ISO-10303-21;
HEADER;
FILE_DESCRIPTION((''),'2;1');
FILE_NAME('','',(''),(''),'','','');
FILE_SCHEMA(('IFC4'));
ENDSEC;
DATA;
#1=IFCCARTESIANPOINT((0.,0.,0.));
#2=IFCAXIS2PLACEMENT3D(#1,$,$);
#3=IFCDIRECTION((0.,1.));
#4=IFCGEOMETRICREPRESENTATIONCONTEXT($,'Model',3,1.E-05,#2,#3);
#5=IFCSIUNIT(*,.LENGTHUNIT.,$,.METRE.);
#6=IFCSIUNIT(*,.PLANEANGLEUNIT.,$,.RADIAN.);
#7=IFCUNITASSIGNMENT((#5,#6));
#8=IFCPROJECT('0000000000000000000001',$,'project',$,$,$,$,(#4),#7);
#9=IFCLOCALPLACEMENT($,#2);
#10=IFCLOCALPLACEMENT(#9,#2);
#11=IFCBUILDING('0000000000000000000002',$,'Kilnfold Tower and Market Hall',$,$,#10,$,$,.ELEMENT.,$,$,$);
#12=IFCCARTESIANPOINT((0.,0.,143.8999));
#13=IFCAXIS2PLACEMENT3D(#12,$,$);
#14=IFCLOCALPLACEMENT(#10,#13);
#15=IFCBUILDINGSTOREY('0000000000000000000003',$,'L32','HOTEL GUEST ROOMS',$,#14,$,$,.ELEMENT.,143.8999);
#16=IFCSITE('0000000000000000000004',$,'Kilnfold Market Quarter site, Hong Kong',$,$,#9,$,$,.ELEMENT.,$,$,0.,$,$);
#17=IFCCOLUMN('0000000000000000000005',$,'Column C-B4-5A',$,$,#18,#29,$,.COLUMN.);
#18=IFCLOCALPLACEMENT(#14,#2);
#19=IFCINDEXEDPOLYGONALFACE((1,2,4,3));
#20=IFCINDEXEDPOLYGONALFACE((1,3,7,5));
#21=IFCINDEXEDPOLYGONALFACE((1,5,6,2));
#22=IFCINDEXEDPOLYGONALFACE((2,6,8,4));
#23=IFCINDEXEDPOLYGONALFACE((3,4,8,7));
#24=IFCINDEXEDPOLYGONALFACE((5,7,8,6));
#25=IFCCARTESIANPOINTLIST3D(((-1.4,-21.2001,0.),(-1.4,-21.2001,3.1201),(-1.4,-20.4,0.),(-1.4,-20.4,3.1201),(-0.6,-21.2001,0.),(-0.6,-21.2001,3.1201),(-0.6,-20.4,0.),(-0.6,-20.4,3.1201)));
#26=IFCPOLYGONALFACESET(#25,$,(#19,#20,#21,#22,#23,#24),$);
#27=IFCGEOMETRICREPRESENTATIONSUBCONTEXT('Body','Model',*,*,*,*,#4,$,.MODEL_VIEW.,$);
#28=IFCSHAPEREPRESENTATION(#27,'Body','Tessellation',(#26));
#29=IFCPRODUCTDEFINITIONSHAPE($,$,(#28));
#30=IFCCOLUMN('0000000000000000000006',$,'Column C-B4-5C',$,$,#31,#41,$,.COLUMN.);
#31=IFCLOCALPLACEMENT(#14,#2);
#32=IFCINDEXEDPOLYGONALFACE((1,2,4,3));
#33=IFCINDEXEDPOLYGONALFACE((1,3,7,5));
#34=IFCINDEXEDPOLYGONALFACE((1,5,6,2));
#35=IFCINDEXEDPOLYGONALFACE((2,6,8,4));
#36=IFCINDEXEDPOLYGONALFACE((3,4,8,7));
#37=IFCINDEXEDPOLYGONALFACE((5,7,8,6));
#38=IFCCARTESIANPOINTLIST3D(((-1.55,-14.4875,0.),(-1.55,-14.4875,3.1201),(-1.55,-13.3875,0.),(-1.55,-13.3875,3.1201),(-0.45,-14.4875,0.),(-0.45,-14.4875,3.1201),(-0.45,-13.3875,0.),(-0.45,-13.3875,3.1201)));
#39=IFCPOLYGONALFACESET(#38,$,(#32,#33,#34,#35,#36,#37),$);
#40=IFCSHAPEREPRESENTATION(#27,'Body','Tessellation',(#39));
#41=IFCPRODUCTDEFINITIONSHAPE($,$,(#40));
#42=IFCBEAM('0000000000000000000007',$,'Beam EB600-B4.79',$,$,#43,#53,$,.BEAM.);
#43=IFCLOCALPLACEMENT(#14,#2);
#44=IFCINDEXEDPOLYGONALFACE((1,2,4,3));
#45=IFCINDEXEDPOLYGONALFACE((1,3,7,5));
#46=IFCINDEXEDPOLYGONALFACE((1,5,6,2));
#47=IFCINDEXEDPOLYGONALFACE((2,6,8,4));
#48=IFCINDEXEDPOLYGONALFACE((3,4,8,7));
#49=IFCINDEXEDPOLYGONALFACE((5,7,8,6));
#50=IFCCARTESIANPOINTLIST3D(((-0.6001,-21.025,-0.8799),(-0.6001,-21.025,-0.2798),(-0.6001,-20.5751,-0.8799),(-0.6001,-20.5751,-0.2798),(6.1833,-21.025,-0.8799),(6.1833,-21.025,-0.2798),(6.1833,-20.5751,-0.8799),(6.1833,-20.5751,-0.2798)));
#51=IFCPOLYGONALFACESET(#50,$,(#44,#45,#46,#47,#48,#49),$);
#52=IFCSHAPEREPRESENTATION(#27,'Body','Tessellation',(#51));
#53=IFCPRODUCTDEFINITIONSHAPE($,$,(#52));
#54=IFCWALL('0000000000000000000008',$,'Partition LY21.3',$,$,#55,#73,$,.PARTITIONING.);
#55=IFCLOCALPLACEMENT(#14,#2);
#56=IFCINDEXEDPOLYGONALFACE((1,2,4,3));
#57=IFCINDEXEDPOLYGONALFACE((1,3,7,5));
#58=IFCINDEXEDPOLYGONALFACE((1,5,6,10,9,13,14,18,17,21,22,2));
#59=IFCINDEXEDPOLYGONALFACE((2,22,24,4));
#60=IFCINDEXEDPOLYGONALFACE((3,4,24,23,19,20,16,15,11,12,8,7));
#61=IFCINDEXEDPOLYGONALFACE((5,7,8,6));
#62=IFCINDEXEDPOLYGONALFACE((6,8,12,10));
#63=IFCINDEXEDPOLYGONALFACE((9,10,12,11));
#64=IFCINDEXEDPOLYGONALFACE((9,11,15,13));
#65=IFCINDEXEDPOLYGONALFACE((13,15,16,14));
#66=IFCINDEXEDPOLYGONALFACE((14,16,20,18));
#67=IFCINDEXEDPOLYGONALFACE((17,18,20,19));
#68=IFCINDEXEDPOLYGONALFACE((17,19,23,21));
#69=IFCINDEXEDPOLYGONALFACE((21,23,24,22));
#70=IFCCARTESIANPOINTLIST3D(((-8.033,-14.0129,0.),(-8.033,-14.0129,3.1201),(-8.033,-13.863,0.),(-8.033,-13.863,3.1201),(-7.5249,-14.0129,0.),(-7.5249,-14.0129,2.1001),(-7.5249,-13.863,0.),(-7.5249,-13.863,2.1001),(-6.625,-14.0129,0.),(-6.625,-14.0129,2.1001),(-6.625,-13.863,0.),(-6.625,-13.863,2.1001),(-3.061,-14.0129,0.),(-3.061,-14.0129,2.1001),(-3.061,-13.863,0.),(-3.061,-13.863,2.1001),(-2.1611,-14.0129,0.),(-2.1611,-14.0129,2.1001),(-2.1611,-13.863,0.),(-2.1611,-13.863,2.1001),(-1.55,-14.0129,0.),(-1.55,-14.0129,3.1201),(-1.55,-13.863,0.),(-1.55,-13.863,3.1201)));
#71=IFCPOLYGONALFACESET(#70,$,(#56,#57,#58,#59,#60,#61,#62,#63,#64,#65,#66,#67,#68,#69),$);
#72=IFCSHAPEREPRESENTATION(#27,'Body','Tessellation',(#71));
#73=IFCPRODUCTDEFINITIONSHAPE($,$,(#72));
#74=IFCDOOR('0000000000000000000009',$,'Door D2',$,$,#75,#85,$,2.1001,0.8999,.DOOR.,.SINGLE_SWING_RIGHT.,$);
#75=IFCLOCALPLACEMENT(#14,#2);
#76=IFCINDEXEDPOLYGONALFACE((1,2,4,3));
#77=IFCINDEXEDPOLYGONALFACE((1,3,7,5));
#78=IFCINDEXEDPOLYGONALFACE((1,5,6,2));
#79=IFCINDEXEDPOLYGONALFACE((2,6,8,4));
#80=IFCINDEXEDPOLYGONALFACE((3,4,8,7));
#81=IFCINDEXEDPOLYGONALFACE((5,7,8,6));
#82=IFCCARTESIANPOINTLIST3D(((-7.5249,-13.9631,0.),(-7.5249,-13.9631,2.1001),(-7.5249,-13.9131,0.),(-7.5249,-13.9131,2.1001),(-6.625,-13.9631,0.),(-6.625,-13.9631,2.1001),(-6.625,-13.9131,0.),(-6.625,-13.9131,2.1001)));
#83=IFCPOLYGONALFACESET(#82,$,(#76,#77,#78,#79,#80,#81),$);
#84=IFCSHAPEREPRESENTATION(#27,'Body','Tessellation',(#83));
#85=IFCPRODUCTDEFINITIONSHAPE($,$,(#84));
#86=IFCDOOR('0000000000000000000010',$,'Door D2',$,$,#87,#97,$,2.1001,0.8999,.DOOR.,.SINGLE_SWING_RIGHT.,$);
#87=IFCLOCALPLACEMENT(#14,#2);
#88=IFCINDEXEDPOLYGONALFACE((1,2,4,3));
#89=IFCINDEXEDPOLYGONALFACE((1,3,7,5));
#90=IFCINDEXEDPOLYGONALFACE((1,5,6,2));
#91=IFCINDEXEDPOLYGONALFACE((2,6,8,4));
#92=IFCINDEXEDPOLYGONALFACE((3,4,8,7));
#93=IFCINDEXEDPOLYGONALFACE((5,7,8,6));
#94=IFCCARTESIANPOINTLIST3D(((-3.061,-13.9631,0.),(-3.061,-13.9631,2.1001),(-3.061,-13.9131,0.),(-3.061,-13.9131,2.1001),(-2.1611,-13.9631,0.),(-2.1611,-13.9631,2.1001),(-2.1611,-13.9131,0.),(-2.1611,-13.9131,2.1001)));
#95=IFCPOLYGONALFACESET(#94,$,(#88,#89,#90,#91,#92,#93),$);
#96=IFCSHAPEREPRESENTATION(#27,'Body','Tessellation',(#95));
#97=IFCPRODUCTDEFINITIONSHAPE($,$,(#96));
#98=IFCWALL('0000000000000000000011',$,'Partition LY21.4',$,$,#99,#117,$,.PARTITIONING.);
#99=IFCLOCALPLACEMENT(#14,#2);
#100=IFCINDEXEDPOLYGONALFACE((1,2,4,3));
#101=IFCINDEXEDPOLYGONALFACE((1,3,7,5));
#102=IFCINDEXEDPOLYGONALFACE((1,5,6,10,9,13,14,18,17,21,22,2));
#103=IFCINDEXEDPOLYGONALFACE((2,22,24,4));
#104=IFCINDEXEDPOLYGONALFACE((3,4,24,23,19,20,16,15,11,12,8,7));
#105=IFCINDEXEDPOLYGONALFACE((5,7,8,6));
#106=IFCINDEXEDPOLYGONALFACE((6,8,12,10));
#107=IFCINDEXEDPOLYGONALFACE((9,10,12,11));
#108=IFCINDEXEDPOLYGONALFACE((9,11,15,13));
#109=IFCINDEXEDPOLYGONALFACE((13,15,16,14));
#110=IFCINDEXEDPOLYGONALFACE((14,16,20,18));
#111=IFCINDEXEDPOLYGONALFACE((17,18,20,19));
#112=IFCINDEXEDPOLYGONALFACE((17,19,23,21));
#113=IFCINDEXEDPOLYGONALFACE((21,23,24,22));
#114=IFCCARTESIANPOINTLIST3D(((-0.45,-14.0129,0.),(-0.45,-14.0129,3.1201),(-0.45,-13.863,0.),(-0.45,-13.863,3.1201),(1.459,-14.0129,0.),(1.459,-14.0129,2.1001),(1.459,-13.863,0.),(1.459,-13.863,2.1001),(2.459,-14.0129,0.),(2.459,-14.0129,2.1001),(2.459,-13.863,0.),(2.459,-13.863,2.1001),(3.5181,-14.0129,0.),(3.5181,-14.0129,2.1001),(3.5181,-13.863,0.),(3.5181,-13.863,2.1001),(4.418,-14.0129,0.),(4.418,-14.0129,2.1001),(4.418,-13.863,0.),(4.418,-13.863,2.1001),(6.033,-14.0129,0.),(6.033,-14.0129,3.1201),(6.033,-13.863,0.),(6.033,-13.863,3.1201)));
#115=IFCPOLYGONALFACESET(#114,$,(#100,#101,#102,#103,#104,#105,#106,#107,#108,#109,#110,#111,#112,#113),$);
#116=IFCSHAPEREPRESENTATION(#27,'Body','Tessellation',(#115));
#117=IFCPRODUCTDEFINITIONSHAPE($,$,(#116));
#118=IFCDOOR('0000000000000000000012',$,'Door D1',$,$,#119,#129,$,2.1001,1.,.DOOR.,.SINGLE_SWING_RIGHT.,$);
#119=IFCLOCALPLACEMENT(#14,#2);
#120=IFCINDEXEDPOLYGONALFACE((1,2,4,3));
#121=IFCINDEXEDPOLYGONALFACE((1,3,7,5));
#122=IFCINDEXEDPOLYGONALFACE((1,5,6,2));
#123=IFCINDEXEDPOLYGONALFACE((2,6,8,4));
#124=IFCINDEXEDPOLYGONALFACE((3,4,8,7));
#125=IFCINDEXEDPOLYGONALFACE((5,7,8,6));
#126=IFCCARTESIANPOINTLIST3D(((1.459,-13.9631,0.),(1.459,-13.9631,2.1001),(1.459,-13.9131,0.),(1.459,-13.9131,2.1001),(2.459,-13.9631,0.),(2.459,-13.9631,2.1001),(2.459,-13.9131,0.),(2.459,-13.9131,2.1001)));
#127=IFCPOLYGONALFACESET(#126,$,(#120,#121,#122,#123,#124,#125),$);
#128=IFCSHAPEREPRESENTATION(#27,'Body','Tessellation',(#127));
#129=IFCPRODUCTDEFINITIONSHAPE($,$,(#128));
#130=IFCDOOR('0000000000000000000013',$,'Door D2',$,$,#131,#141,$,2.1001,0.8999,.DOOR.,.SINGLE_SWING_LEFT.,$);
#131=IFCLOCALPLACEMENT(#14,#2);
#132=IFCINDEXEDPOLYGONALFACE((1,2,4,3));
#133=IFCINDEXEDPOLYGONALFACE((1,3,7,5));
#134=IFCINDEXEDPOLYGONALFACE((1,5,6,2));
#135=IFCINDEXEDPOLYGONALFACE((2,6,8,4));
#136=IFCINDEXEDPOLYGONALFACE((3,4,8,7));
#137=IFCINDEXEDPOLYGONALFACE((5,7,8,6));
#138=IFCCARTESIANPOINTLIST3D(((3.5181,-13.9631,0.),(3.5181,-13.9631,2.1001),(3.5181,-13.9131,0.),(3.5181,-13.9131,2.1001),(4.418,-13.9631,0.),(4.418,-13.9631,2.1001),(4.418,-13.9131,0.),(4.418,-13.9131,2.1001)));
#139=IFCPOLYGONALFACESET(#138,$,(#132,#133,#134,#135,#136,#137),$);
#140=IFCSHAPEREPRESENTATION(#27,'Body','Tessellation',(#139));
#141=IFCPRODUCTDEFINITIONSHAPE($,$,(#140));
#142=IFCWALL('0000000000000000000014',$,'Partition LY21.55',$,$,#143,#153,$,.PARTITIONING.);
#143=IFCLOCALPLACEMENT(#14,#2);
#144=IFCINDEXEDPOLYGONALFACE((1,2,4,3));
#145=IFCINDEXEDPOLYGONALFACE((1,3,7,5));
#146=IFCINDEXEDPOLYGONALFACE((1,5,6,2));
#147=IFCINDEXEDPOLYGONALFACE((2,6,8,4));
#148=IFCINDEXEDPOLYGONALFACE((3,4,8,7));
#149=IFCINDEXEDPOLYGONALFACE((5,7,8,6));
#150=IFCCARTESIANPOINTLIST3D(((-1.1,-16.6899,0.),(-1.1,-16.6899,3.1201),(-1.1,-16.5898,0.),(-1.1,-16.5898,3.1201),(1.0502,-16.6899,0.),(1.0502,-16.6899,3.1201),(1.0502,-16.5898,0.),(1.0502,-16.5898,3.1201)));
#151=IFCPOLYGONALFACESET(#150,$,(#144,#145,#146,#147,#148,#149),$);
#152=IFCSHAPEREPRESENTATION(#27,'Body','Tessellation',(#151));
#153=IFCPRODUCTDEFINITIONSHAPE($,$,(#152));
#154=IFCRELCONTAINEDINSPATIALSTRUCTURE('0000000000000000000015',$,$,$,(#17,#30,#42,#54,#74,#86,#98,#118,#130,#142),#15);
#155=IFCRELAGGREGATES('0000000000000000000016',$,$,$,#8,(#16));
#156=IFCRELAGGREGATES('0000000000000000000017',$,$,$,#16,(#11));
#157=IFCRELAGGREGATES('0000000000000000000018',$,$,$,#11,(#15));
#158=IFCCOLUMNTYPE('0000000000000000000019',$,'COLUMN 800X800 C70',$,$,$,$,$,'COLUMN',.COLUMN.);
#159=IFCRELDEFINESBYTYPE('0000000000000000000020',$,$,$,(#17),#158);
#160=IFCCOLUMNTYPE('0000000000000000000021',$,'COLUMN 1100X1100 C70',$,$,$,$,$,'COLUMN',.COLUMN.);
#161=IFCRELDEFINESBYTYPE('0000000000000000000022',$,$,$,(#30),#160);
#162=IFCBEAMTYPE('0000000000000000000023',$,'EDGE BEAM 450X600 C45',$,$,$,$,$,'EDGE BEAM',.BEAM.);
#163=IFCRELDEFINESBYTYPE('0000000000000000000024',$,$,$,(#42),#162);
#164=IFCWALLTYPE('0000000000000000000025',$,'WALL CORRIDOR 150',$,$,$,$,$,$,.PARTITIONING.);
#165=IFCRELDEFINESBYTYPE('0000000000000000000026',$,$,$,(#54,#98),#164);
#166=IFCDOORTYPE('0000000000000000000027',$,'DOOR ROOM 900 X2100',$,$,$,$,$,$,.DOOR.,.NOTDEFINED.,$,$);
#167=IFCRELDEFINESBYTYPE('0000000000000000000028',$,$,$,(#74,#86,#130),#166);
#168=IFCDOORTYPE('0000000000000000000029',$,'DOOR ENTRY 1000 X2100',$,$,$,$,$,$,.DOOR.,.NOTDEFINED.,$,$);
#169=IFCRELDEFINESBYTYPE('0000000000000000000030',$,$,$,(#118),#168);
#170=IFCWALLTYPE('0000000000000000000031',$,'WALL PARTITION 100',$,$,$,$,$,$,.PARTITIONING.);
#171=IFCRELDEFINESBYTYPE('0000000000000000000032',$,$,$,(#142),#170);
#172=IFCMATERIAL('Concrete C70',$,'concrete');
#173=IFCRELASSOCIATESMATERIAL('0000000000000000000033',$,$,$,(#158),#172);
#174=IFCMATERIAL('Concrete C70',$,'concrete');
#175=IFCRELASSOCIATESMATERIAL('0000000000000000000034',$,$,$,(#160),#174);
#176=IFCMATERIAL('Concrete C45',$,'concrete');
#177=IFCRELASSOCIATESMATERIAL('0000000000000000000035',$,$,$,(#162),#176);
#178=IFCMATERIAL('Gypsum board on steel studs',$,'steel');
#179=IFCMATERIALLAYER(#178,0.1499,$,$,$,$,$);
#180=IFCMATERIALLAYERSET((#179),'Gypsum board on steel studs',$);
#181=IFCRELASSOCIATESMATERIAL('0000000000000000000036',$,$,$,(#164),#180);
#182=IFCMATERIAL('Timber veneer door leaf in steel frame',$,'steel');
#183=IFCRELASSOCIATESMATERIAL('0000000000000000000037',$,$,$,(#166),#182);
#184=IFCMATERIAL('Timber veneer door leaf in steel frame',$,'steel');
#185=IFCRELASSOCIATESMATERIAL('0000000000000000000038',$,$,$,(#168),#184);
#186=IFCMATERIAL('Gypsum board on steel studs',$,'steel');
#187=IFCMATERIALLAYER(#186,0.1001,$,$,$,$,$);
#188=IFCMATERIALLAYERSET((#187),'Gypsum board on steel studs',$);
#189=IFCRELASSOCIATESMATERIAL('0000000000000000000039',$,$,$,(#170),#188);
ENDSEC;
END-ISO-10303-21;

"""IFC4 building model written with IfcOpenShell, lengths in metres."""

from ifc_helpers import new_model, si_unit, direction, frame, frame_2d, origin, origin_2d, place, context, subcontext, project, spatial, rectangle, extrude, source, transform, mapped, material, layer, layer_set, material_profile, profile_set, type_object, element, fill, save


model = new_model("IFC4")

# Units and contexts
model_context = context("Model", 3, precision=1e-05, world=origin(), true_north=direction((0.0, 1.0)))
body_context = subcontext(model_context, "Body", "Model", "MODEL_VIEW")
ifc_project = project(units=[si_unit("LENGTHUNIT", "METRE"), si_unit("PLANEANGLEUNIT", "RADIAN")], contexts=[model_context])

# Site, building, storey
site_placement = place(None, origin())
site = spatial("IfcSite", under=ifc_project, at=site_placement, Name="Kilnfold Market Quarter site, Hong Kong", CompositionType="ELEMENT", RefElevation=0.0)
building_placement = place(site_placement, origin())
building = spatial("IfcBuilding", under=site, at=building_placement, Name="Kilnfold Tower and Market Hall", CompositionType="ELEMENT")
storey_placement = place(building_placement, frame((0.0, 0.0, 143.8999)))
storey = spatial("IfcBuildingStorey", under=building, at=storey_placement, Name="L32", Description="HOTEL GUEST ROOMS", CompositionType="ELEMENT", Elevation=143.8999)

# Columns
ifc_material_1 = material(Name="Concrete C70", Category="concrete")
ifc_material_profile_1 = material_profile(ifc_material_1, rectangle(XDim=0.8, YDim=0.8, at=origin_2d()), Name="RC 800x800")
ifc_profile_set_1 = profile_set([ifc_material_profile_1], Name="Concrete C70")
column_type_1 = type_object("IfcColumnType", Name="COLUMN 800X800 C70", ElementType="COLUMN", PredefinedType="COLUMN", material=ifc_profile_set_1)
shared_shape_1 = source(origin(), body_context, "Body", "SweptSolid", [
    extrude(rectangle(XDim=0.8, YDim=0.8, at=origin_2d()), origin(), (0.0, 0.0, 1.0), 3.1201),
])
column_1_placement = place(storey_placement, frame((-1.0, -20.8, 0.0), z_axis=(0.0, 0.0, 1.0), x_axis=(1.0, 0.0, 0.0)))
element("IfcColumn", 1, at=column_1_placement, inside=storey, type_object=column_type_1, Name="Column C-B4-5A", PredefinedType="COLUMN", context=body_context, shape_type="MappedRepresentation", body=[
    mapped(shared_shape_1, transform((0.0, 0.0, 0.0))),
])
ifc_material_2 = material(Name="Concrete C70", Category="concrete")
ifc_material_profile_2 = material_profile(ifc_material_2, rectangle(XDim=1.1001, YDim=1.1001, at=origin_2d()), Name="RC 1100x1100")
ifc_profile_set_2 = profile_set([ifc_material_profile_2], Name="Concrete C70")
column_type_2 = type_object("IfcColumnType", Name="COLUMN 1100X1100 C70", ElementType="COLUMN", PredefinedType="COLUMN", material=ifc_profile_set_2)
shared_shape_2 = source(origin(), body_context, "Body", "SweptSolid", [
    extrude(rectangle(XDim=1.1001, YDim=1.1001, at=origin_2d()), origin(), (0.0, 0.0, 1.0), 3.1201),
])
column_2_placement = place(storey_placement, frame((-1.0, -13.9375, 0.0), z_axis=(0.0, 0.0, 1.0), x_axis=(1.0, 0.0, 0.0)))
element("IfcColumn", 2, at=column_2_placement, inside=storey, type_object=column_type_2, Name="Column C-B4-5C", PredefinedType="COLUMN", context=body_context, shape_type="MappedRepresentation", body=[
    mapped(shared_shape_2, transform((0.0, 0.0, 0.0))),
])

# Beam
ifc_material_3 = material(Name="Concrete C45", Category="concrete")
ifc_material_profile_3 = material_profile(ifc_material_3, rectangle(XDim=0.45, YDim=0.6001, at=origin_2d()), Name="RC 450x600")
ifc_profile_set_3 = profile_set([ifc_material_profile_3], Name="Concrete C45")
beam_type = type_object("IfcBeamType", Name="EDGE BEAM 450X600 C45", ElementType="EDGE BEAM", PredefinedType="BEAM", material=ifc_profile_set_3)
shared_shape_3 = source(origin(), body_context, "Body", "SweptSolid", [
    extrude(rectangle(XDim=0.45, YDim=0.6001, at=origin_2d()), origin(), (0.0, 0.0, 1.0), 6.7834),
])
beam_placement = place(storey_placement, frame((-0.6001, -20.8, -0.5798), z_axis=(1.0, 0.0, 0.0), x_axis=(0.0, 1.0, 0.0)))
element("IfcBeam", 3, at=beam_placement, inside=storey, type_object=beam_type, Name="Beam EB600-B4.79", PredefinedType="BEAM", context=body_context, shape_type="MappedRepresentation", body=[
    mapped(shared_shape_3, transform((0.0, 0.0, 0.0))),
])

# Walls, openings, doors
ifc_material_4 = material(Name="Gypsum board on steel studs", Category="steel")
ifc_layer_1 = layer(ifc_material_4, 0.1499)
ifc_layer_set_1 = layer_set([ifc_layer_1], Name="Gypsum board on steel studs")
wall_type_1 = type_object("IfcWallType", Name="WALL CORRIDOR 150", PredefinedType="PARTITIONING", material=ifc_layer_set_1)
wall_1_placement = place(storey_placement, frame((-8.033, -13.938, 0.0), z_axis=(0.0, 0.0, 1.0), x_axis=(1.0, 0.0, 0.0)))
wall_1 = element("IfcWall", 4, at=wall_1_placement, inside=storey, type_object=wall_type_1, Name="Partition LY21.3", PredefinedType="PARTITIONING", context=body_context, shape_type="SweptSolid", body=[
    extrude(rectangle(XDim=6.4829, YDim=0.1499, at=frame_2d((3.2415, 0.0))), origin(), (0.0, 0.0, 1.0), 3.1201),
])
opening_1_placement = place(wall_1_placement, frame((0.5081, 0.0, 0.0)))
opening_1 = element("IfcOpeningElement", 5, at=opening_1_placement, cuts=wall_1, PredefinedType="OPENING", context=body_context, shape_type="SweptSolid", body=[
    extrude(rectangle(XDim=0.8999, YDim=2.1001, at=frame_2d((0.45, 1.05))), frame((0.0, 0.085, 0.0), z_axis=(0.0, -1.0, 0.0), x_axis=(1.0, 0.0, 0.0)), (0.0, 0.0, 1.0), 0.1699),
])
opening_2_placement = place(wall_1_placement, frame((4.9719, 0.0, 0.0)))
opening_2 = element("IfcOpeningElement", 6, at=opening_2_placement, cuts=wall_1, PredefinedType="OPENING", context=body_context, shape_type="SweptSolid", body=[
    extrude(rectangle(XDim=0.8999, YDim=2.1001, at=frame_2d((0.45, 1.05))), frame((0.0, 0.085, 0.0), z_axis=(0.0, -1.0, 0.0), x_axis=(1.0, 0.0, 0.0)), (0.0, 0.0, 1.0), 0.1699),
])
ifc_material_5 = material(Name="Timber veneer door leaf in steel frame", Category="steel")
door_type_1 = type_object("IfcDoorType", Name="DOOR ROOM 900 X2100", OperationType="NOTDEFINED", PredefinedType="DOOR", material=ifc_material_5)
door_1_placement = place(opening_1_placement, origin())
door_1 = element("IfcDoor", 7, at=door_1_placement, inside=storey, type_object=door_type_1, Name="Door D2", OperationType="SINGLE_SWING_RIGHT", OverallHeight=2.1001, OverallWidth=0.8999, PredefinedType="DOOR", context=body_context, shape_type="SweptSolid", body=[
    extrude(rectangle(XDim=0.8999, YDim=2.1001, at=frame_2d((0.45, 1.05))), frame((0.0, 0.0249, 0.0), z_axis=(0.0, -1.0, 0.0), x_axis=(1.0, 0.0, 0.0)), (0.0, 0.0, 1.0), 0.05),
])
fill(opening_1, door_1)
door_2_placement = place(opening_2_placement, origin())
door_2 = element("IfcDoor", 8, at=door_2_placement, inside=storey, type_object=door_type_1, Name="Door D2", OperationType="SINGLE_SWING_RIGHT", OverallHeight=2.1001, OverallWidth=0.8999, PredefinedType="DOOR", context=body_context, shape_type="SweptSolid", body=[
    extrude(rectangle(XDim=0.8999, YDim=2.1001, at=frame_2d((0.45, 1.05))), frame((0.0, 0.0249, 0.0), z_axis=(0.0, -1.0, 0.0), x_axis=(1.0, 0.0, 0.0)), (0.0, 0.0, 1.0), 0.05),
])
fill(opening_2, door_2)
wall_2_placement = place(storey_placement, frame((-0.45, -13.938, 0.0), z_axis=(0.0, 0.0, 1.0), x_axis=(1.0, 0.0, 0.0)))
wall_2 = element("IfcWall", 9, at=wall_2_placement, inside=storey, type_object=wall_type_1, Name="Partition LY21.4", PredefinedType="PARTITIONING", context=body_context, shape_type="SweptSolid", body=[
    extrude(rectangle(XDim=6.4829, YDim=0.1499, at=frame_2d((3.2415, 0.0))), origin(), (0.0, 0.0, 1.0), 3.1201),
])
opening_3_placement = place(wall_2_placement, frame((1.9089, 0.0, 0.0)))
opening_3 = element("IfcOpeningElement", 10, at=opening_3_placement, cuts=wall_2, PredefinedType="OPENING", context=body_context, shape_type="SweptSolid", body=[
    extrude(rectangle(XDim=1.0, YDim=2.1001, at=frame_2d((0.5, 1.05))), frame((0.0, 0.085, 0.0), z_axis=(0.0, -1.0, 0.0), x_axis=(1.0, 0.0, 0.0)), (0.0, 0.0, 1.0), 0.1699),
])
opening_4_placement = place(wall_2_placement, frame((3.968, 0.0, 0.0)))
opening_4 = element("IfcOpeningElement", 11, at=opening_4_placement, cuts=wall_2, PredefinedType="OPENING", context=body_context, shape_type="SweptSolid", body=[
    extrude(rectangle(XDim=0.8999, YDim=2.1001, at=frame_2d((0.45, 1.05))), frame((0.0, 0.085, 0.0), z_axis=(0.0, -1.0, 0.0), x_axis=(1.0, 0.0, 0.0)), (0.0, 0.0, 1.0), 0.1699),
])
ifc_material_6 = material(Name="Timber veneer door leaf in steel frame", Category="steel")
door_type_2 = type_object("IfcDoorType", Name="DOOR ENTRY 1000 X2100", OperationType="NOTDEFINED", PredefinedType="DOOR", material=ifc_material_6)
door_3_placement = place(opening_3_placement, origin())
door_3 = element("IfcDoor", 12, at=door_3_placement, inside=storey, type_object=door_type_2, Name="Door D1", OperationType="SINGLE_SWING_RIGHT", OverallHeight=2.1001, OverallWidth=1.0, PredefinedType="DOOR", context=body_context, shape_type="SweptSolid", body=[
    extrude(rectangle(XDim=1.0, YDim=2.1001, at=frame_2d((0.5, 1.05))), frame((0.0, 0.0249, 0.0), z_axis=(0.0, -1.0, 0.0), x_axis=(1.0, 0.0, 0.0)), (0.0, 0.0, 1.0), 0.05),
])
fill(opening_3, door_3)
door_4_placement = place(opening_4_placement, origin())
door_4 = element("IfcDoor", 13, at=door_4_placement, inside=storey, type_object=door_type_1, Name="Door D2", OperationType="SINGLE_SWING_LEFT", OverallHeight=2.1001, OverallWidth=0.8999, PredefinedType="DOOR", context=body_context, shape_type="SweptSolid", body=[
    extrude(rectangle(XDim=0.8999, YDim=2.1001, at=frame_2d((0.45, 1.05))), frame((0.0, 0.0249, 0.0), z_axis=(0.0, -1.0, 0.0), x_axis=(1.0, 0.0, 0.0)), (0.0, 0.0, 1.0), 0.05),
])
fill(opening_4, door_4)

# Wall
ifc_material_7 = material(Name="Gypsum board on steel studs", Category="steel")
ifc_layer_2 = layer(ifc_material_7, 0.1001)
ifc_layer_set_2 = layer_set([ifc_layer_2], Name="Gypsum board on steel studs")
wall_type_2 = type_object("IfcWallType", Name="WALL PARTITION 100", PredefinedType="PARTITIONING", material=ifc_layer_set_2)
wall_3_placement = place(storey_placement, frame((-1.1001, -16.6399, 0.0), z_axis=(0.0, 0.0, 1.0), x_axis=(1.0, 0.0, 0.0)))
element("IfcWall", 14, at=wall_3_placement, inside=storey, type_object=wall_type_2, Name="Partition LY21.55", PredefinedType="PARTITIONING", context=body_context, shape_type="SweptSolid", body=[
    extrude(rectangle(XDim=2.1501, YDim=0.1001, at=frame_2d((1.0752, 0.0))), origin(), (0.0, 0.0, 1.0), 3.1201),
])

save(model, "model.ifc")
